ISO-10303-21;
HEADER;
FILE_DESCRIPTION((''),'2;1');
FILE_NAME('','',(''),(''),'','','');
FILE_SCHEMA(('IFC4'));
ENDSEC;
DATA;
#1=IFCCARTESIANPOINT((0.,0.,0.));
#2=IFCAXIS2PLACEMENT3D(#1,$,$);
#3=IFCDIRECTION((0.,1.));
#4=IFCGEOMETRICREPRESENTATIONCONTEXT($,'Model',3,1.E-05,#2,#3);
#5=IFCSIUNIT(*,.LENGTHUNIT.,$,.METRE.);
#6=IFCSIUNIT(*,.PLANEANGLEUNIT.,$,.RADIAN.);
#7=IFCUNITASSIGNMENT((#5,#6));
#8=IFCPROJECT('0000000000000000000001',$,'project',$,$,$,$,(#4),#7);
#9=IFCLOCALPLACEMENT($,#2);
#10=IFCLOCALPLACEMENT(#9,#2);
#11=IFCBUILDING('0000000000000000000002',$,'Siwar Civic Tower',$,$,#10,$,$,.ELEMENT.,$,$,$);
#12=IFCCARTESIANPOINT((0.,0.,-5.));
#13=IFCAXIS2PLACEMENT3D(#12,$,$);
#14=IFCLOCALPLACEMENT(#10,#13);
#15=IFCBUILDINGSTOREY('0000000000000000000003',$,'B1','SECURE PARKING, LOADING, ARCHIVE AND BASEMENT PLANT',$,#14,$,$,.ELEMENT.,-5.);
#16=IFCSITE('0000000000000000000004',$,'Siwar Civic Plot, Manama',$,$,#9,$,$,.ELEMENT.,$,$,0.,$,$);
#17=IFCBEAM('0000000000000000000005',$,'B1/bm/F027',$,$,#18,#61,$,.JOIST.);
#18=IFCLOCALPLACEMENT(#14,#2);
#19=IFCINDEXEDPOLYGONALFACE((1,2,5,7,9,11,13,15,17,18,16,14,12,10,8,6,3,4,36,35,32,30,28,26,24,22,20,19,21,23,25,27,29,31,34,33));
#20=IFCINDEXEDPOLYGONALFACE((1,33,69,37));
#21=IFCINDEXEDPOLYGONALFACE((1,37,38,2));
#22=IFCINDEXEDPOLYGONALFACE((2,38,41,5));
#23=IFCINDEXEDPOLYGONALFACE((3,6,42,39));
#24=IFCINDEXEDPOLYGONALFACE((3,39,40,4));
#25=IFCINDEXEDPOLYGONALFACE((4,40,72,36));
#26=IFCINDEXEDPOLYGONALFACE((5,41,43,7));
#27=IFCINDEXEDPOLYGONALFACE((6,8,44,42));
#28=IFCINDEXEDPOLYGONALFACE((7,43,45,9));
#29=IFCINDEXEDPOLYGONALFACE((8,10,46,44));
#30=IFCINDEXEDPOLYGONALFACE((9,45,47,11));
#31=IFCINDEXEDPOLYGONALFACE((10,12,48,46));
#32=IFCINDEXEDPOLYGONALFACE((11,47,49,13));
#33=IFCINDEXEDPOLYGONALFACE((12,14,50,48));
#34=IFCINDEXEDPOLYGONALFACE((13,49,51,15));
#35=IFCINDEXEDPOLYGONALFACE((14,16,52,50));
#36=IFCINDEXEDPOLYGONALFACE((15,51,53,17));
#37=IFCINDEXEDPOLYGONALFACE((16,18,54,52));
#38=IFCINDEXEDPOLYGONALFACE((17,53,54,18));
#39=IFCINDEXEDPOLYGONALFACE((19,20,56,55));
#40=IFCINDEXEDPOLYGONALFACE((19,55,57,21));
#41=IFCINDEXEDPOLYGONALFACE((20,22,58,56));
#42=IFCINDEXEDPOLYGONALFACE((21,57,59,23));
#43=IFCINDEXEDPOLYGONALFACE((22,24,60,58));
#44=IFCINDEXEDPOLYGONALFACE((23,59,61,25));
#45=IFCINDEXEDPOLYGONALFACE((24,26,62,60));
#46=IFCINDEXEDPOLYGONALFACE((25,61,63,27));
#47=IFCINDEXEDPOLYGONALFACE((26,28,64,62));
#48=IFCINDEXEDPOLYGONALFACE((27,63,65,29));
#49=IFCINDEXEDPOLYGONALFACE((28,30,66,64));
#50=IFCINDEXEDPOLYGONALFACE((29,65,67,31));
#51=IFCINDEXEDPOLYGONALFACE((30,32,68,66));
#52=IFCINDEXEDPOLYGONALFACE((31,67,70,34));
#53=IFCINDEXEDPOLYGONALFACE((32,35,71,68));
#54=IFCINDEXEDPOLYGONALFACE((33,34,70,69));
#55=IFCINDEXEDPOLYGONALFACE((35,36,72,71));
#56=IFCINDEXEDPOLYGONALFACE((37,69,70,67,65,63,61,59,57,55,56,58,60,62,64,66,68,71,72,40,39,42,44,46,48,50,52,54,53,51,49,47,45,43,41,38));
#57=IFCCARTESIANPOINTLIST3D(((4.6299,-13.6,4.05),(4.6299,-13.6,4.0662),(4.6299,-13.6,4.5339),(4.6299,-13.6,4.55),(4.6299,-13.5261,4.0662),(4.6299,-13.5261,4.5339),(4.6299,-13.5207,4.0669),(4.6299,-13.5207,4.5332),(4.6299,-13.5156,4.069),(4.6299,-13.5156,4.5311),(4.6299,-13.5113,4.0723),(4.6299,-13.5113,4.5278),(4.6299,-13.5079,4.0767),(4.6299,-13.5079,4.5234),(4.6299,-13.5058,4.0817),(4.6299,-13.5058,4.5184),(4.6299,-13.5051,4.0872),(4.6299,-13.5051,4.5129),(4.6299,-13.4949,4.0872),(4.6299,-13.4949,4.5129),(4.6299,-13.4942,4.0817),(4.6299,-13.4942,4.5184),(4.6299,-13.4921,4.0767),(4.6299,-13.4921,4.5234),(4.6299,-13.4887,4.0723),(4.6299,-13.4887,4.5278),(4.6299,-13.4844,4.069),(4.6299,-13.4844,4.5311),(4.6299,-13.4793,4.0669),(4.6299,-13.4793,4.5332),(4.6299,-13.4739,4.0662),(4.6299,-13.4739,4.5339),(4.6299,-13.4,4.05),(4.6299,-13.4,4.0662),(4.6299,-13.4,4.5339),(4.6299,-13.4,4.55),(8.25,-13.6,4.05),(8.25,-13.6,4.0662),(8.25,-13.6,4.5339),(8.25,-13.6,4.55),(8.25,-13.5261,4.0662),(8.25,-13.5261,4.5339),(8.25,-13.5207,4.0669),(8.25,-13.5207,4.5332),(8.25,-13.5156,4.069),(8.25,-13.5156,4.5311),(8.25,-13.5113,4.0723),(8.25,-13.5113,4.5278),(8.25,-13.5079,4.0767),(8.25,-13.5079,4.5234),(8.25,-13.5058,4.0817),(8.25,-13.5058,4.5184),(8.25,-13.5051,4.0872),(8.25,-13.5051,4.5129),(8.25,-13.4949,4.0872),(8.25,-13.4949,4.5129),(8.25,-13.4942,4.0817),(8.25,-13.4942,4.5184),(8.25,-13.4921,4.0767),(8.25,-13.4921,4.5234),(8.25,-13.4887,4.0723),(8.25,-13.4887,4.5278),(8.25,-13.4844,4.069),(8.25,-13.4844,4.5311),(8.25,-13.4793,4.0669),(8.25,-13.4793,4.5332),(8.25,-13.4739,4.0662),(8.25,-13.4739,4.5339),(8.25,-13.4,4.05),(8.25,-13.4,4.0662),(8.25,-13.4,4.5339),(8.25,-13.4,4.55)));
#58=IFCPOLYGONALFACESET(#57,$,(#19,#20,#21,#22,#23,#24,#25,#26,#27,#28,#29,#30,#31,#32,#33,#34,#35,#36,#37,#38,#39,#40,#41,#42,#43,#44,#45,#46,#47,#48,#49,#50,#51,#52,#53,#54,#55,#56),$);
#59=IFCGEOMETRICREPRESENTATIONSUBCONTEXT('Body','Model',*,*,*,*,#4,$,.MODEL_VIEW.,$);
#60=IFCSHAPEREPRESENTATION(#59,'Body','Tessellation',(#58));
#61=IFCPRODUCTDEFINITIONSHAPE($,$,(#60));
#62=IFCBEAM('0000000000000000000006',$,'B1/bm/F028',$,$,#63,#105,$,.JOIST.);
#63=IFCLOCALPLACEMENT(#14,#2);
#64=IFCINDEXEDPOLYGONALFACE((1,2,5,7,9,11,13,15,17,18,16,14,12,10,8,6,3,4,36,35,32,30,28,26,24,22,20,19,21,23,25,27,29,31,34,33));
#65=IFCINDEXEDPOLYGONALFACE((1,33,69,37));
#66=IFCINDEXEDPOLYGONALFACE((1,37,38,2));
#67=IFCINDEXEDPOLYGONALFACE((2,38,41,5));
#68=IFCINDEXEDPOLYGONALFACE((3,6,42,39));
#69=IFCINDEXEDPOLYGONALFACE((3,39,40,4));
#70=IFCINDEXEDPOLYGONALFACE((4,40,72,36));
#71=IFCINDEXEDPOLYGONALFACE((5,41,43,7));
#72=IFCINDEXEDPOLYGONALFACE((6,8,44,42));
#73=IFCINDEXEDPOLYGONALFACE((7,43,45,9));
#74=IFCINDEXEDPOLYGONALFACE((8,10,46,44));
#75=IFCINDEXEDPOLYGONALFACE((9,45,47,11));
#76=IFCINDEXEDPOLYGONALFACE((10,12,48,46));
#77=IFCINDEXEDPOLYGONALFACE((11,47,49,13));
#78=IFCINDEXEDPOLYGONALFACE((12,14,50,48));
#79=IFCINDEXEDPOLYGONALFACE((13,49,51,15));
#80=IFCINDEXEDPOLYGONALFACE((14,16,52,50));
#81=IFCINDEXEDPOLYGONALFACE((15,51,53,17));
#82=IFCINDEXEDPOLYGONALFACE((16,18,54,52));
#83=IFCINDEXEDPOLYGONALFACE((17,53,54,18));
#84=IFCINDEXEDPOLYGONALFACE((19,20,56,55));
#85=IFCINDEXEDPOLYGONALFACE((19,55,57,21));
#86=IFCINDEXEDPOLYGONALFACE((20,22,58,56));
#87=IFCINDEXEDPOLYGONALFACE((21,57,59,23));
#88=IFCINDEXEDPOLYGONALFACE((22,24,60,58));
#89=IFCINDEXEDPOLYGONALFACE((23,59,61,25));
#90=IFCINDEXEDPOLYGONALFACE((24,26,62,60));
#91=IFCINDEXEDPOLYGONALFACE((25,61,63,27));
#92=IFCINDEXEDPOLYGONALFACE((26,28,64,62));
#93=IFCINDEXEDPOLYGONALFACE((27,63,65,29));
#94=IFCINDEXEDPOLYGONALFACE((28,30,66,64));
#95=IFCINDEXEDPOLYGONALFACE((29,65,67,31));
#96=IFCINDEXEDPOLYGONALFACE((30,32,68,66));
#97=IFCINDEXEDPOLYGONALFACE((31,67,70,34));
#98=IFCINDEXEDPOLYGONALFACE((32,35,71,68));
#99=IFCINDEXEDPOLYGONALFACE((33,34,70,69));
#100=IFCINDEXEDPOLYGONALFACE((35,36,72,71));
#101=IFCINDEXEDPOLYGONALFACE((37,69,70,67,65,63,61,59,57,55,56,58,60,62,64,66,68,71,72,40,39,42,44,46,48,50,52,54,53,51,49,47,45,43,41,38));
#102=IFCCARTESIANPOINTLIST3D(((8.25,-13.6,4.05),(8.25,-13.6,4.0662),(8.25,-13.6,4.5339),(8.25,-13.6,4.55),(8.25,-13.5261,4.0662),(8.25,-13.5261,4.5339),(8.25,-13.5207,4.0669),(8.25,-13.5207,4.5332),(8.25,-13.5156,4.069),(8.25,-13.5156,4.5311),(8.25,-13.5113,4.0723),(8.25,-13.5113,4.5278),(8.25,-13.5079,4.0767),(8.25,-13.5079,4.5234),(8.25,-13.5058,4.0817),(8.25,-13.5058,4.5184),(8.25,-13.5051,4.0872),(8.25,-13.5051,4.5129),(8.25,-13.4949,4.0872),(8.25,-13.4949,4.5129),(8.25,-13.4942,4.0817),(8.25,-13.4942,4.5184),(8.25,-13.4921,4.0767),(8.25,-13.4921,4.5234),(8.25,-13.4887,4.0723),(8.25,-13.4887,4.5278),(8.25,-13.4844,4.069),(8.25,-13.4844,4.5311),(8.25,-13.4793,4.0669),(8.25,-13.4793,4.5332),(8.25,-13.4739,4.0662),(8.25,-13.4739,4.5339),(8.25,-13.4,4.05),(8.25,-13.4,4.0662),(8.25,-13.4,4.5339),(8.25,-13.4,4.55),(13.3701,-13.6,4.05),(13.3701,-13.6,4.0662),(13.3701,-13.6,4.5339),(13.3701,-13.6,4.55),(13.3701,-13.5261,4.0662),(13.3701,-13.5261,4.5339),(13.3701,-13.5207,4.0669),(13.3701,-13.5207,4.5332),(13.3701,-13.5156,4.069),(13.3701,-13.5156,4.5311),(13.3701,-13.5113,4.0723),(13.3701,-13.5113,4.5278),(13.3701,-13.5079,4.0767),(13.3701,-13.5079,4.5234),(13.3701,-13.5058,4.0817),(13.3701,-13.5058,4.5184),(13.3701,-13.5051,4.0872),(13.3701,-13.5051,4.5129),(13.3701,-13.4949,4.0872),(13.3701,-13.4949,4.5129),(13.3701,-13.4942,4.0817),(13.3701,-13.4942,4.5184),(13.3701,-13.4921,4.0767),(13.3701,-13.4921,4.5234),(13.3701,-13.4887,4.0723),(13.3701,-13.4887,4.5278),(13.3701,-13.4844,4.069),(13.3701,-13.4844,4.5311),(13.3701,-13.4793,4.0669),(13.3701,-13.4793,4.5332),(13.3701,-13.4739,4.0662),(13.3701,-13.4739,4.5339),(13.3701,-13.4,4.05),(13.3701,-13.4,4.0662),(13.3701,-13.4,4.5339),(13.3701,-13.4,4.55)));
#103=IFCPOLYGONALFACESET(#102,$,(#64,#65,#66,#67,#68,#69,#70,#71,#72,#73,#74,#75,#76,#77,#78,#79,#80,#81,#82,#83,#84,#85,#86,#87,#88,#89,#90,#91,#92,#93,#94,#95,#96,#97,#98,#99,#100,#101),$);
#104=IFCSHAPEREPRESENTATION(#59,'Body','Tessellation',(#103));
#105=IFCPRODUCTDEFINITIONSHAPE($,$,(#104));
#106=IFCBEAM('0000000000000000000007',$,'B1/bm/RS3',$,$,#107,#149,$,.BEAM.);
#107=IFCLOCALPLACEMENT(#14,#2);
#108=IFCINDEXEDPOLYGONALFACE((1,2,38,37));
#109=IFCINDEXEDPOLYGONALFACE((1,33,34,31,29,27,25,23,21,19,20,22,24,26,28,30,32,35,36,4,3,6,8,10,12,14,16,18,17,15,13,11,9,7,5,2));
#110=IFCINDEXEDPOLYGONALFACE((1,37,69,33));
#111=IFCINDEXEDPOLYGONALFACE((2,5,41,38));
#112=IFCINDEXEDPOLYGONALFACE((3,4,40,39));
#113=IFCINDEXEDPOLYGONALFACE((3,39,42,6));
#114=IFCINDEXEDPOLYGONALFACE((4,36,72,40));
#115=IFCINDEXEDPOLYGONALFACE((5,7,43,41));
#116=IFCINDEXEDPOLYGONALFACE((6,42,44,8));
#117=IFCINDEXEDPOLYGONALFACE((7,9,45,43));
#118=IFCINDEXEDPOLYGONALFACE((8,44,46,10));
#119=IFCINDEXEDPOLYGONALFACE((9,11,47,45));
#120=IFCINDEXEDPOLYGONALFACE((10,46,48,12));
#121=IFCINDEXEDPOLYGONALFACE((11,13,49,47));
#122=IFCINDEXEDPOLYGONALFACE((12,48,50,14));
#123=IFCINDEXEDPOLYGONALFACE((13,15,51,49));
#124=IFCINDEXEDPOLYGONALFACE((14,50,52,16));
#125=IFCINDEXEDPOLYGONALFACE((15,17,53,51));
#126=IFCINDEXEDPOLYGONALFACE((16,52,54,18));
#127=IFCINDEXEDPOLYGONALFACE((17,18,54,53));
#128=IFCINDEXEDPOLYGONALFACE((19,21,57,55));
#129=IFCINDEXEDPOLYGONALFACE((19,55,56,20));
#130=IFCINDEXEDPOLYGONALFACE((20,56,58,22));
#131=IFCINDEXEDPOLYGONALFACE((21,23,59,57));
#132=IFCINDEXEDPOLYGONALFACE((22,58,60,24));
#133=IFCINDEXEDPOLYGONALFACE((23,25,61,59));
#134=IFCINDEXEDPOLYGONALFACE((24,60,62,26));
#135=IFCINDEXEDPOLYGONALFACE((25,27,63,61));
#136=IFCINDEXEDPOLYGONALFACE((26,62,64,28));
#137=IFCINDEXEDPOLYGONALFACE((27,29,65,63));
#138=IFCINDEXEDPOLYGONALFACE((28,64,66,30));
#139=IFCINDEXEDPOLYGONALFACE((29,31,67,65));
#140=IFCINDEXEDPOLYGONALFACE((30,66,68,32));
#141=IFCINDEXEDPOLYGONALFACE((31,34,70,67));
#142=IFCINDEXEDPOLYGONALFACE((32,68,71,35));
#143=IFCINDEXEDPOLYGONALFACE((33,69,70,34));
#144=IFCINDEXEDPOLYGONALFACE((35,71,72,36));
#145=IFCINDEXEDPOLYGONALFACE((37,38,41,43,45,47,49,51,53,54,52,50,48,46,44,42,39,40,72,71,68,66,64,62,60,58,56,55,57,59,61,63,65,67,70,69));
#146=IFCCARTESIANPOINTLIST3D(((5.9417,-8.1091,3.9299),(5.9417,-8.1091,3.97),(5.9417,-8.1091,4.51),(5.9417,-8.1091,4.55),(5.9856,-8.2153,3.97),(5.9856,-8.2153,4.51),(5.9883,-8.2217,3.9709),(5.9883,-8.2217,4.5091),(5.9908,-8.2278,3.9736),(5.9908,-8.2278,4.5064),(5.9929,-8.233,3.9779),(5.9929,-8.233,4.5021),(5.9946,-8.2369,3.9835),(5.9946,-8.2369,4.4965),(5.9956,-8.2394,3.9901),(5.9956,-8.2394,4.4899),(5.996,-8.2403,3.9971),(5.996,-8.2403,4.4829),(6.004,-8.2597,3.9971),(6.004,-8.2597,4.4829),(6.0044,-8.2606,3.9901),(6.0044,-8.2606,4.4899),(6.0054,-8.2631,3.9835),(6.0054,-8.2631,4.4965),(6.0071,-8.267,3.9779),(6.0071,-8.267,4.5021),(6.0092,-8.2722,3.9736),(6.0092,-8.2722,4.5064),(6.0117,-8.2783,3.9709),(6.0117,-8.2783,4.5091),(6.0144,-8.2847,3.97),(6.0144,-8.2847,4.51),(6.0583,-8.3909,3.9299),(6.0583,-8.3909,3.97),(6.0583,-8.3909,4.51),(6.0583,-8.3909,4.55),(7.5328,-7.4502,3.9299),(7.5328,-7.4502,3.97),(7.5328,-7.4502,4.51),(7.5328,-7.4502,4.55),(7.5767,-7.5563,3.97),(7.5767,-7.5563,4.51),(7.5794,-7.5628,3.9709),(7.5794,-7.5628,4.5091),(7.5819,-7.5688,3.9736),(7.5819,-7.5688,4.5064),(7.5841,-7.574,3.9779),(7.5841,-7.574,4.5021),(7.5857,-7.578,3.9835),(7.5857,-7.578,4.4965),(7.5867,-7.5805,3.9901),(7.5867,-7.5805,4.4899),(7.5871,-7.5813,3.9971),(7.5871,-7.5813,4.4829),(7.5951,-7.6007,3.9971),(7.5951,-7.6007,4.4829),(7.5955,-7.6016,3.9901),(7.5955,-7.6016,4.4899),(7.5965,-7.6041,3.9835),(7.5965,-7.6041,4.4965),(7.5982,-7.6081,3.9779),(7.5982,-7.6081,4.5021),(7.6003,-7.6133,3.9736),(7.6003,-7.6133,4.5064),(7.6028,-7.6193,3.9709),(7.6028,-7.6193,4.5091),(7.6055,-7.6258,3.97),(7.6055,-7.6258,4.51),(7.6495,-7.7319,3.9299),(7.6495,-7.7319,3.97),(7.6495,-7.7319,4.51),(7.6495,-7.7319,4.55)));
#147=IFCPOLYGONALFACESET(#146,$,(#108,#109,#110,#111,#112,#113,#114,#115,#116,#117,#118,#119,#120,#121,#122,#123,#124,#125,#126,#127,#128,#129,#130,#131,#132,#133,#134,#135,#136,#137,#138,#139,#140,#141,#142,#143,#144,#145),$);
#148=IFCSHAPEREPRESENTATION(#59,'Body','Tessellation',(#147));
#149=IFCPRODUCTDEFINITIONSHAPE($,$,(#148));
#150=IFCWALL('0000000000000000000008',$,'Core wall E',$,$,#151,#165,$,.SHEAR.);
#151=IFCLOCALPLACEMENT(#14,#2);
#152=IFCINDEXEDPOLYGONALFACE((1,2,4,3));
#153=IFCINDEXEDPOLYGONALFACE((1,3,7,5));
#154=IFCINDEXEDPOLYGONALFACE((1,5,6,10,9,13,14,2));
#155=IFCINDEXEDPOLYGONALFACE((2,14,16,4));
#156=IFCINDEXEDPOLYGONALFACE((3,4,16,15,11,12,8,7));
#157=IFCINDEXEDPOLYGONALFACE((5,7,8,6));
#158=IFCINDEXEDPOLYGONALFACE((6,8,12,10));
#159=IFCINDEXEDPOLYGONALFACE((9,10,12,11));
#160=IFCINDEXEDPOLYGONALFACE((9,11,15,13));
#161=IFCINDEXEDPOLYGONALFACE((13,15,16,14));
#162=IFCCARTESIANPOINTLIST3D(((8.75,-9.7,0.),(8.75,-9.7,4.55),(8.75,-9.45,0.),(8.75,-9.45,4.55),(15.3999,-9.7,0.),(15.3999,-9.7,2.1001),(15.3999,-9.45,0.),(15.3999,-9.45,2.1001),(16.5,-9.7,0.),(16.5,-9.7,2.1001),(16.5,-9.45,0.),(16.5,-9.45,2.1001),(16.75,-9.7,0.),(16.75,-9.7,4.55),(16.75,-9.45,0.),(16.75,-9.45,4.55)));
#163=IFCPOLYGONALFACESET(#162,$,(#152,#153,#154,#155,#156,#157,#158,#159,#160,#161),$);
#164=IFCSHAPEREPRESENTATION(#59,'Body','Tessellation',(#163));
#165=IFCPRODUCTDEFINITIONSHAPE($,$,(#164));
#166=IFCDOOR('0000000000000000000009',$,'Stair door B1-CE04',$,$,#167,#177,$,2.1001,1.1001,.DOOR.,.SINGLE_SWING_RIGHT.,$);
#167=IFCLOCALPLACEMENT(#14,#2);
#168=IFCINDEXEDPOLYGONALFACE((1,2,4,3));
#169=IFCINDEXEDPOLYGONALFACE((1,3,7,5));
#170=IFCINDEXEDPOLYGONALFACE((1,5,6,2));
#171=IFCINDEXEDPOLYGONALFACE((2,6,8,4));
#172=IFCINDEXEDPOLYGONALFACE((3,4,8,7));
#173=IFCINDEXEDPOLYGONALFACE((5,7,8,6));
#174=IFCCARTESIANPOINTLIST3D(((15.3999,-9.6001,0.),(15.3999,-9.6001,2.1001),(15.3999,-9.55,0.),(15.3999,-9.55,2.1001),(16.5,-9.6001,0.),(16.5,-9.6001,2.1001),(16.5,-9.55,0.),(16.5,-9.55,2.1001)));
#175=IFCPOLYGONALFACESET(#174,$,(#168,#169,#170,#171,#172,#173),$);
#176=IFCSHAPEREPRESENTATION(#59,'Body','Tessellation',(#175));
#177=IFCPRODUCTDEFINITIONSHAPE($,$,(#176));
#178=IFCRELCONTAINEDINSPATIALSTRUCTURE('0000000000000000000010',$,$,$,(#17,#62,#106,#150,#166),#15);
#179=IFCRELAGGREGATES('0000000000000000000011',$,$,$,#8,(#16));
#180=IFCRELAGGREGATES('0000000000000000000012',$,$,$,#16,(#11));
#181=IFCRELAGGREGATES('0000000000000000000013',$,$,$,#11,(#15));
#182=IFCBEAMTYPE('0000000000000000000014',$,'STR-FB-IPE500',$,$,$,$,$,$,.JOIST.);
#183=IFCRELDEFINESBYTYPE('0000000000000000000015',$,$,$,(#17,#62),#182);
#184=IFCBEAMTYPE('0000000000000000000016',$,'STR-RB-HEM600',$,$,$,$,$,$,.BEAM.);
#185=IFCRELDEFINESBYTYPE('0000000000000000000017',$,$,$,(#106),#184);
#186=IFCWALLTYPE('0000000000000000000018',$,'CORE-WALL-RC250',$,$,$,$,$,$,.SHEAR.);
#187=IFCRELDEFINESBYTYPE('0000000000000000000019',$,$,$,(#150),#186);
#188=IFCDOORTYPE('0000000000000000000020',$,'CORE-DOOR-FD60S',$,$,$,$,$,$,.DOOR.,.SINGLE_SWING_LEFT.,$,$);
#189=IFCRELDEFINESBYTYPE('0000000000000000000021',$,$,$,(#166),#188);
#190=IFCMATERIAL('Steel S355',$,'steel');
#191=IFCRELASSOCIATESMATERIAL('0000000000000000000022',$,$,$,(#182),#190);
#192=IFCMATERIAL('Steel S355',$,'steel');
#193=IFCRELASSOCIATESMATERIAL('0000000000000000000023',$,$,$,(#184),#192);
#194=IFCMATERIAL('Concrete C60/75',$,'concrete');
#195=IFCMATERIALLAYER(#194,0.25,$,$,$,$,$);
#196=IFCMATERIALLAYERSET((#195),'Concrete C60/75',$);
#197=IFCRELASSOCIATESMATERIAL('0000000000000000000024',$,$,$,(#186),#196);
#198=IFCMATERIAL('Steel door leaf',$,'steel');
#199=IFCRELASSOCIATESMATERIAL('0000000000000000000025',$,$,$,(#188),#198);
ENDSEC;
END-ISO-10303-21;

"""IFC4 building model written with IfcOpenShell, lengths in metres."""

from ifc_helpers import new_model, si_unit, direction, frame, frame_2d, origin, origin_2d, place, context, subcontext, project, spatial, rectangle, i_section, extrude, material, layer, layer_set, material_profile, profile_set, type_object, element, fill, save


model = new_model("IFC4")

# Units and contexts
model_context = context("Model", 3, precision=1e-05, world=origin(), true_north=direction((0.0, 1.0)))
body_context = subcontext(model_context, "Body", "Model", "MODEL_VIEW")
ifc_project = project(units=[si_unit("LENGTHUNIT", "METRE"), si_unit("PLANEANGLEUNIT", "RADIAN")], contexts=[model_context])

# Site, building, storey
site_placement = place(None, origin())
site = spatial("IfcSite", under=ifc_project, at=site_placement, Name="Siwar Civic Plot, Manama", CompositionType="ELEMENT", RefElevation=0.0)
building_placement = place(site_placement, origin())
building = spatial("IfcBuilding", under=site, at=building_placement, Name="Siwar Civic Tower", CompositionType="ELEMENT")
storey_placement = place(building_placement, frame((0.0, 0.0, -5.0)))
storey = spatial("IfcBuildingStorey", under=building, at=storey_placement, Name="B1", Description="SECURE PARKING, LOADING, ARCHIVE AND BASEMENT PLANT", CompositionType="ELEMENT", Elevation=-5.0)

# Beams
ifc_material_1 = material(Name="Steel S355", Category="steel")
ifc_material_profile_1 = material_profile(ifc_material_1, i_section(OverallWidth=0.2, OverallDepth=0.5, WebThickness=0.0103, FlangeThickness=0.0161, FilletRadius=0.021, at=origin_2d()), Name="IPE500")
ifc_profile_set_1 = profile_set([ifc_material_profile_1], Name="Steel S355")
beam_type_1 = type_object("IfcBeamType", Name="STR-FB-IPE500", PredefinedType="JOIST", material=ifc_profile_set_1)
beam_1_placement = place(storey_placement, frame((4.6299, -13.5, 4.3), z_axis=(1.0, 0.0, 0.0), x_axis=(0.0, 1.0, 0.0)))
element("IfcBeam", 1, at=beam_1_placement, inside=storey, type_object=beam_type_1, Name="B1/bm/F027", PredefinedType="JOIST", context=body_context, shape_type="SweptSolid", body=[
    extrude(i_section(OverallWidth=0.2, OverallDepth=0.5, WebThickness=0.0103, FlangeThickness=0.0161, FilletRadius=0.021, at=origin_2d()), origin(), (0.0, 0.0, 1.0), 3.6201),
])
beam_2_placement = place(storey_placement, frame((8.25, -13.5, 4.3), z_axis=(1.0, 0.0, 0.0), x_axis=(0.0, 1.0, 0.0)))
element("IfcBeam", 2, at=beam_2_placement, inside=storey, type_object=beam_type_1, Name="B1/bm/F028", PredefinedType="JOIST", context=body_context, shape_type="SweptSolid", body=[
    extrude(i_section(OverallWidth=0.2, OverallDepth=0.5, WebThickness=0.0103, FlangeThickness=0.0161, FilletRadius=0.021, at=origin_2d()), origin(), (0.0, 0.0, 1.0), 5.1201),
])
ifc_material_2 = material(Name="Steel S355", Category="steel")
ifc_material_profile_2 = material_profile(ifc_material_2, i_section(OverallWidth=0.3049, OverallDepth=0.6201, WebThickness=0.021, FlangeThickness=0.04, FilletRadius=0.0271, at=origin_2d()), Name="HEM600")
ifc_profile_set_2 = profile_set([ifc_material_profile_2], Name="Steel S355")
beam_type_2 = type_object("IfcBeamType", Name="STR-RB-HEM600", PredefinedType="BEAM", material=ifc_profile_set_2)
beam_3_placement = place(storey_placement, frame((6.0, -8.25, 4.24), z_axis=(0.923901, 0.382631, 0.0), x_axis=(-0.382631, 0.923901, 0.0)))
element("IfcBeam", 3, at=beam_3_placement, inside=storey, type_object=beam_type_2, Name="B1/bm/RS3", PredefinedType="BEAM", context=body_context, shape_type="SweptSolid", body=[
    extrude(i_section(OverallWidth=0.3049, OverallDepth=0.6201, WebThickness=0.021, FlangeThickness=0.04, FilletRadius=0.0271, at=origin_2d()), origin(), (0.0, 0.0, 1.0), 1.7222),
])

# Wall, opening, door
ifc_material_3 = material(Name="Concrete C60/75", Category="concrete")
ifc_layer_1 = layer(ifc_material_3, 0.25)
ifc_layer_set_1 = layer_set([ifc_layer_1], Name="Concrete C60/75")
wall_type_1 = type_object("IfcWallType", Name="CORE-WALL-RC250", PredefinedType="SHEAR", material=ifc_layer_set_1)
wall_1_placement = place(storey_placement, frame((8.75, -9.575, 0.0), z_axis=(0.0, 0.0, 1.0), x_axis=(1.0, 0.0, 0.0)))
wall_1 = element("IfcWall", 4, at=wall_1_placement, inside=storey, type_object=wall_type_1, Name="Core wall E", PredefinedType="SHEAR", context=body_context, shape_type="SweptSolid", body=[
    extrude(rectangle(XDim=8.0, YDim=0.25, at=frame_2d((4.0, 0.0))), origin(), (0.0, 0.0, 1.0), 4.55),
])
opening_1_placement = place(wall_1_placement, frame((6.6499, 0.0, 0.0)))
opening_1 = element("IfcOpeningElement", 5, at=opening_1_placement, cuts=wall_1, PredefinedType="OPENING", context=body_context, shape_type="SweptSolid", body=[
    extrude(rectangle(XDim=1.1001, YDim=2.1001, at=frame_2d((0.55, 1.05))), frame((0.0, 0.135, 0.0), z_axis=(0.0, -1.0, 0.0), x_axis=(1.0, 0.0, 0.0)), (0.0, 0.0, 1.0), 0.27),
])
ifc_material_4 = material(Name="Steel door leaf", Category="steel")
door_type_1 = type_object("IfcDoorType", Name="CORE-DOOR-FD60S", OperationType="SINGLE_SWING_LEFT", PredefinedType="DOOR", material=ifc_material_4)
door_1_placement = place(opening_1_placement, origin())
door_1 = element("IfcDoor", 6, at=door_1_placement, inside=storey, type_object=door_type_1, Name="Stair door B1-CE04", OperationType="SINGLE_SWING_RIGHT", OverallHeight=2.1001, OverallWidth=1.1001, PredefinedType="DOOR", context=body_context, shape_type="SweptSolid", body=[
    extrude(rectangle(XDim=1.1001, YDim=2.1001, at=frame_2d((0.55, 1.05))), frame((0.0, 0.0249, 0.0), z_axis=(0.0, -1.0, 0.0), x_axis=(1.0, 0.0, 0.0)), (0.0, 0.0, 1.0), 0.05),
])
fill(opening_1, door_1)

save(model, "model.ifc")
